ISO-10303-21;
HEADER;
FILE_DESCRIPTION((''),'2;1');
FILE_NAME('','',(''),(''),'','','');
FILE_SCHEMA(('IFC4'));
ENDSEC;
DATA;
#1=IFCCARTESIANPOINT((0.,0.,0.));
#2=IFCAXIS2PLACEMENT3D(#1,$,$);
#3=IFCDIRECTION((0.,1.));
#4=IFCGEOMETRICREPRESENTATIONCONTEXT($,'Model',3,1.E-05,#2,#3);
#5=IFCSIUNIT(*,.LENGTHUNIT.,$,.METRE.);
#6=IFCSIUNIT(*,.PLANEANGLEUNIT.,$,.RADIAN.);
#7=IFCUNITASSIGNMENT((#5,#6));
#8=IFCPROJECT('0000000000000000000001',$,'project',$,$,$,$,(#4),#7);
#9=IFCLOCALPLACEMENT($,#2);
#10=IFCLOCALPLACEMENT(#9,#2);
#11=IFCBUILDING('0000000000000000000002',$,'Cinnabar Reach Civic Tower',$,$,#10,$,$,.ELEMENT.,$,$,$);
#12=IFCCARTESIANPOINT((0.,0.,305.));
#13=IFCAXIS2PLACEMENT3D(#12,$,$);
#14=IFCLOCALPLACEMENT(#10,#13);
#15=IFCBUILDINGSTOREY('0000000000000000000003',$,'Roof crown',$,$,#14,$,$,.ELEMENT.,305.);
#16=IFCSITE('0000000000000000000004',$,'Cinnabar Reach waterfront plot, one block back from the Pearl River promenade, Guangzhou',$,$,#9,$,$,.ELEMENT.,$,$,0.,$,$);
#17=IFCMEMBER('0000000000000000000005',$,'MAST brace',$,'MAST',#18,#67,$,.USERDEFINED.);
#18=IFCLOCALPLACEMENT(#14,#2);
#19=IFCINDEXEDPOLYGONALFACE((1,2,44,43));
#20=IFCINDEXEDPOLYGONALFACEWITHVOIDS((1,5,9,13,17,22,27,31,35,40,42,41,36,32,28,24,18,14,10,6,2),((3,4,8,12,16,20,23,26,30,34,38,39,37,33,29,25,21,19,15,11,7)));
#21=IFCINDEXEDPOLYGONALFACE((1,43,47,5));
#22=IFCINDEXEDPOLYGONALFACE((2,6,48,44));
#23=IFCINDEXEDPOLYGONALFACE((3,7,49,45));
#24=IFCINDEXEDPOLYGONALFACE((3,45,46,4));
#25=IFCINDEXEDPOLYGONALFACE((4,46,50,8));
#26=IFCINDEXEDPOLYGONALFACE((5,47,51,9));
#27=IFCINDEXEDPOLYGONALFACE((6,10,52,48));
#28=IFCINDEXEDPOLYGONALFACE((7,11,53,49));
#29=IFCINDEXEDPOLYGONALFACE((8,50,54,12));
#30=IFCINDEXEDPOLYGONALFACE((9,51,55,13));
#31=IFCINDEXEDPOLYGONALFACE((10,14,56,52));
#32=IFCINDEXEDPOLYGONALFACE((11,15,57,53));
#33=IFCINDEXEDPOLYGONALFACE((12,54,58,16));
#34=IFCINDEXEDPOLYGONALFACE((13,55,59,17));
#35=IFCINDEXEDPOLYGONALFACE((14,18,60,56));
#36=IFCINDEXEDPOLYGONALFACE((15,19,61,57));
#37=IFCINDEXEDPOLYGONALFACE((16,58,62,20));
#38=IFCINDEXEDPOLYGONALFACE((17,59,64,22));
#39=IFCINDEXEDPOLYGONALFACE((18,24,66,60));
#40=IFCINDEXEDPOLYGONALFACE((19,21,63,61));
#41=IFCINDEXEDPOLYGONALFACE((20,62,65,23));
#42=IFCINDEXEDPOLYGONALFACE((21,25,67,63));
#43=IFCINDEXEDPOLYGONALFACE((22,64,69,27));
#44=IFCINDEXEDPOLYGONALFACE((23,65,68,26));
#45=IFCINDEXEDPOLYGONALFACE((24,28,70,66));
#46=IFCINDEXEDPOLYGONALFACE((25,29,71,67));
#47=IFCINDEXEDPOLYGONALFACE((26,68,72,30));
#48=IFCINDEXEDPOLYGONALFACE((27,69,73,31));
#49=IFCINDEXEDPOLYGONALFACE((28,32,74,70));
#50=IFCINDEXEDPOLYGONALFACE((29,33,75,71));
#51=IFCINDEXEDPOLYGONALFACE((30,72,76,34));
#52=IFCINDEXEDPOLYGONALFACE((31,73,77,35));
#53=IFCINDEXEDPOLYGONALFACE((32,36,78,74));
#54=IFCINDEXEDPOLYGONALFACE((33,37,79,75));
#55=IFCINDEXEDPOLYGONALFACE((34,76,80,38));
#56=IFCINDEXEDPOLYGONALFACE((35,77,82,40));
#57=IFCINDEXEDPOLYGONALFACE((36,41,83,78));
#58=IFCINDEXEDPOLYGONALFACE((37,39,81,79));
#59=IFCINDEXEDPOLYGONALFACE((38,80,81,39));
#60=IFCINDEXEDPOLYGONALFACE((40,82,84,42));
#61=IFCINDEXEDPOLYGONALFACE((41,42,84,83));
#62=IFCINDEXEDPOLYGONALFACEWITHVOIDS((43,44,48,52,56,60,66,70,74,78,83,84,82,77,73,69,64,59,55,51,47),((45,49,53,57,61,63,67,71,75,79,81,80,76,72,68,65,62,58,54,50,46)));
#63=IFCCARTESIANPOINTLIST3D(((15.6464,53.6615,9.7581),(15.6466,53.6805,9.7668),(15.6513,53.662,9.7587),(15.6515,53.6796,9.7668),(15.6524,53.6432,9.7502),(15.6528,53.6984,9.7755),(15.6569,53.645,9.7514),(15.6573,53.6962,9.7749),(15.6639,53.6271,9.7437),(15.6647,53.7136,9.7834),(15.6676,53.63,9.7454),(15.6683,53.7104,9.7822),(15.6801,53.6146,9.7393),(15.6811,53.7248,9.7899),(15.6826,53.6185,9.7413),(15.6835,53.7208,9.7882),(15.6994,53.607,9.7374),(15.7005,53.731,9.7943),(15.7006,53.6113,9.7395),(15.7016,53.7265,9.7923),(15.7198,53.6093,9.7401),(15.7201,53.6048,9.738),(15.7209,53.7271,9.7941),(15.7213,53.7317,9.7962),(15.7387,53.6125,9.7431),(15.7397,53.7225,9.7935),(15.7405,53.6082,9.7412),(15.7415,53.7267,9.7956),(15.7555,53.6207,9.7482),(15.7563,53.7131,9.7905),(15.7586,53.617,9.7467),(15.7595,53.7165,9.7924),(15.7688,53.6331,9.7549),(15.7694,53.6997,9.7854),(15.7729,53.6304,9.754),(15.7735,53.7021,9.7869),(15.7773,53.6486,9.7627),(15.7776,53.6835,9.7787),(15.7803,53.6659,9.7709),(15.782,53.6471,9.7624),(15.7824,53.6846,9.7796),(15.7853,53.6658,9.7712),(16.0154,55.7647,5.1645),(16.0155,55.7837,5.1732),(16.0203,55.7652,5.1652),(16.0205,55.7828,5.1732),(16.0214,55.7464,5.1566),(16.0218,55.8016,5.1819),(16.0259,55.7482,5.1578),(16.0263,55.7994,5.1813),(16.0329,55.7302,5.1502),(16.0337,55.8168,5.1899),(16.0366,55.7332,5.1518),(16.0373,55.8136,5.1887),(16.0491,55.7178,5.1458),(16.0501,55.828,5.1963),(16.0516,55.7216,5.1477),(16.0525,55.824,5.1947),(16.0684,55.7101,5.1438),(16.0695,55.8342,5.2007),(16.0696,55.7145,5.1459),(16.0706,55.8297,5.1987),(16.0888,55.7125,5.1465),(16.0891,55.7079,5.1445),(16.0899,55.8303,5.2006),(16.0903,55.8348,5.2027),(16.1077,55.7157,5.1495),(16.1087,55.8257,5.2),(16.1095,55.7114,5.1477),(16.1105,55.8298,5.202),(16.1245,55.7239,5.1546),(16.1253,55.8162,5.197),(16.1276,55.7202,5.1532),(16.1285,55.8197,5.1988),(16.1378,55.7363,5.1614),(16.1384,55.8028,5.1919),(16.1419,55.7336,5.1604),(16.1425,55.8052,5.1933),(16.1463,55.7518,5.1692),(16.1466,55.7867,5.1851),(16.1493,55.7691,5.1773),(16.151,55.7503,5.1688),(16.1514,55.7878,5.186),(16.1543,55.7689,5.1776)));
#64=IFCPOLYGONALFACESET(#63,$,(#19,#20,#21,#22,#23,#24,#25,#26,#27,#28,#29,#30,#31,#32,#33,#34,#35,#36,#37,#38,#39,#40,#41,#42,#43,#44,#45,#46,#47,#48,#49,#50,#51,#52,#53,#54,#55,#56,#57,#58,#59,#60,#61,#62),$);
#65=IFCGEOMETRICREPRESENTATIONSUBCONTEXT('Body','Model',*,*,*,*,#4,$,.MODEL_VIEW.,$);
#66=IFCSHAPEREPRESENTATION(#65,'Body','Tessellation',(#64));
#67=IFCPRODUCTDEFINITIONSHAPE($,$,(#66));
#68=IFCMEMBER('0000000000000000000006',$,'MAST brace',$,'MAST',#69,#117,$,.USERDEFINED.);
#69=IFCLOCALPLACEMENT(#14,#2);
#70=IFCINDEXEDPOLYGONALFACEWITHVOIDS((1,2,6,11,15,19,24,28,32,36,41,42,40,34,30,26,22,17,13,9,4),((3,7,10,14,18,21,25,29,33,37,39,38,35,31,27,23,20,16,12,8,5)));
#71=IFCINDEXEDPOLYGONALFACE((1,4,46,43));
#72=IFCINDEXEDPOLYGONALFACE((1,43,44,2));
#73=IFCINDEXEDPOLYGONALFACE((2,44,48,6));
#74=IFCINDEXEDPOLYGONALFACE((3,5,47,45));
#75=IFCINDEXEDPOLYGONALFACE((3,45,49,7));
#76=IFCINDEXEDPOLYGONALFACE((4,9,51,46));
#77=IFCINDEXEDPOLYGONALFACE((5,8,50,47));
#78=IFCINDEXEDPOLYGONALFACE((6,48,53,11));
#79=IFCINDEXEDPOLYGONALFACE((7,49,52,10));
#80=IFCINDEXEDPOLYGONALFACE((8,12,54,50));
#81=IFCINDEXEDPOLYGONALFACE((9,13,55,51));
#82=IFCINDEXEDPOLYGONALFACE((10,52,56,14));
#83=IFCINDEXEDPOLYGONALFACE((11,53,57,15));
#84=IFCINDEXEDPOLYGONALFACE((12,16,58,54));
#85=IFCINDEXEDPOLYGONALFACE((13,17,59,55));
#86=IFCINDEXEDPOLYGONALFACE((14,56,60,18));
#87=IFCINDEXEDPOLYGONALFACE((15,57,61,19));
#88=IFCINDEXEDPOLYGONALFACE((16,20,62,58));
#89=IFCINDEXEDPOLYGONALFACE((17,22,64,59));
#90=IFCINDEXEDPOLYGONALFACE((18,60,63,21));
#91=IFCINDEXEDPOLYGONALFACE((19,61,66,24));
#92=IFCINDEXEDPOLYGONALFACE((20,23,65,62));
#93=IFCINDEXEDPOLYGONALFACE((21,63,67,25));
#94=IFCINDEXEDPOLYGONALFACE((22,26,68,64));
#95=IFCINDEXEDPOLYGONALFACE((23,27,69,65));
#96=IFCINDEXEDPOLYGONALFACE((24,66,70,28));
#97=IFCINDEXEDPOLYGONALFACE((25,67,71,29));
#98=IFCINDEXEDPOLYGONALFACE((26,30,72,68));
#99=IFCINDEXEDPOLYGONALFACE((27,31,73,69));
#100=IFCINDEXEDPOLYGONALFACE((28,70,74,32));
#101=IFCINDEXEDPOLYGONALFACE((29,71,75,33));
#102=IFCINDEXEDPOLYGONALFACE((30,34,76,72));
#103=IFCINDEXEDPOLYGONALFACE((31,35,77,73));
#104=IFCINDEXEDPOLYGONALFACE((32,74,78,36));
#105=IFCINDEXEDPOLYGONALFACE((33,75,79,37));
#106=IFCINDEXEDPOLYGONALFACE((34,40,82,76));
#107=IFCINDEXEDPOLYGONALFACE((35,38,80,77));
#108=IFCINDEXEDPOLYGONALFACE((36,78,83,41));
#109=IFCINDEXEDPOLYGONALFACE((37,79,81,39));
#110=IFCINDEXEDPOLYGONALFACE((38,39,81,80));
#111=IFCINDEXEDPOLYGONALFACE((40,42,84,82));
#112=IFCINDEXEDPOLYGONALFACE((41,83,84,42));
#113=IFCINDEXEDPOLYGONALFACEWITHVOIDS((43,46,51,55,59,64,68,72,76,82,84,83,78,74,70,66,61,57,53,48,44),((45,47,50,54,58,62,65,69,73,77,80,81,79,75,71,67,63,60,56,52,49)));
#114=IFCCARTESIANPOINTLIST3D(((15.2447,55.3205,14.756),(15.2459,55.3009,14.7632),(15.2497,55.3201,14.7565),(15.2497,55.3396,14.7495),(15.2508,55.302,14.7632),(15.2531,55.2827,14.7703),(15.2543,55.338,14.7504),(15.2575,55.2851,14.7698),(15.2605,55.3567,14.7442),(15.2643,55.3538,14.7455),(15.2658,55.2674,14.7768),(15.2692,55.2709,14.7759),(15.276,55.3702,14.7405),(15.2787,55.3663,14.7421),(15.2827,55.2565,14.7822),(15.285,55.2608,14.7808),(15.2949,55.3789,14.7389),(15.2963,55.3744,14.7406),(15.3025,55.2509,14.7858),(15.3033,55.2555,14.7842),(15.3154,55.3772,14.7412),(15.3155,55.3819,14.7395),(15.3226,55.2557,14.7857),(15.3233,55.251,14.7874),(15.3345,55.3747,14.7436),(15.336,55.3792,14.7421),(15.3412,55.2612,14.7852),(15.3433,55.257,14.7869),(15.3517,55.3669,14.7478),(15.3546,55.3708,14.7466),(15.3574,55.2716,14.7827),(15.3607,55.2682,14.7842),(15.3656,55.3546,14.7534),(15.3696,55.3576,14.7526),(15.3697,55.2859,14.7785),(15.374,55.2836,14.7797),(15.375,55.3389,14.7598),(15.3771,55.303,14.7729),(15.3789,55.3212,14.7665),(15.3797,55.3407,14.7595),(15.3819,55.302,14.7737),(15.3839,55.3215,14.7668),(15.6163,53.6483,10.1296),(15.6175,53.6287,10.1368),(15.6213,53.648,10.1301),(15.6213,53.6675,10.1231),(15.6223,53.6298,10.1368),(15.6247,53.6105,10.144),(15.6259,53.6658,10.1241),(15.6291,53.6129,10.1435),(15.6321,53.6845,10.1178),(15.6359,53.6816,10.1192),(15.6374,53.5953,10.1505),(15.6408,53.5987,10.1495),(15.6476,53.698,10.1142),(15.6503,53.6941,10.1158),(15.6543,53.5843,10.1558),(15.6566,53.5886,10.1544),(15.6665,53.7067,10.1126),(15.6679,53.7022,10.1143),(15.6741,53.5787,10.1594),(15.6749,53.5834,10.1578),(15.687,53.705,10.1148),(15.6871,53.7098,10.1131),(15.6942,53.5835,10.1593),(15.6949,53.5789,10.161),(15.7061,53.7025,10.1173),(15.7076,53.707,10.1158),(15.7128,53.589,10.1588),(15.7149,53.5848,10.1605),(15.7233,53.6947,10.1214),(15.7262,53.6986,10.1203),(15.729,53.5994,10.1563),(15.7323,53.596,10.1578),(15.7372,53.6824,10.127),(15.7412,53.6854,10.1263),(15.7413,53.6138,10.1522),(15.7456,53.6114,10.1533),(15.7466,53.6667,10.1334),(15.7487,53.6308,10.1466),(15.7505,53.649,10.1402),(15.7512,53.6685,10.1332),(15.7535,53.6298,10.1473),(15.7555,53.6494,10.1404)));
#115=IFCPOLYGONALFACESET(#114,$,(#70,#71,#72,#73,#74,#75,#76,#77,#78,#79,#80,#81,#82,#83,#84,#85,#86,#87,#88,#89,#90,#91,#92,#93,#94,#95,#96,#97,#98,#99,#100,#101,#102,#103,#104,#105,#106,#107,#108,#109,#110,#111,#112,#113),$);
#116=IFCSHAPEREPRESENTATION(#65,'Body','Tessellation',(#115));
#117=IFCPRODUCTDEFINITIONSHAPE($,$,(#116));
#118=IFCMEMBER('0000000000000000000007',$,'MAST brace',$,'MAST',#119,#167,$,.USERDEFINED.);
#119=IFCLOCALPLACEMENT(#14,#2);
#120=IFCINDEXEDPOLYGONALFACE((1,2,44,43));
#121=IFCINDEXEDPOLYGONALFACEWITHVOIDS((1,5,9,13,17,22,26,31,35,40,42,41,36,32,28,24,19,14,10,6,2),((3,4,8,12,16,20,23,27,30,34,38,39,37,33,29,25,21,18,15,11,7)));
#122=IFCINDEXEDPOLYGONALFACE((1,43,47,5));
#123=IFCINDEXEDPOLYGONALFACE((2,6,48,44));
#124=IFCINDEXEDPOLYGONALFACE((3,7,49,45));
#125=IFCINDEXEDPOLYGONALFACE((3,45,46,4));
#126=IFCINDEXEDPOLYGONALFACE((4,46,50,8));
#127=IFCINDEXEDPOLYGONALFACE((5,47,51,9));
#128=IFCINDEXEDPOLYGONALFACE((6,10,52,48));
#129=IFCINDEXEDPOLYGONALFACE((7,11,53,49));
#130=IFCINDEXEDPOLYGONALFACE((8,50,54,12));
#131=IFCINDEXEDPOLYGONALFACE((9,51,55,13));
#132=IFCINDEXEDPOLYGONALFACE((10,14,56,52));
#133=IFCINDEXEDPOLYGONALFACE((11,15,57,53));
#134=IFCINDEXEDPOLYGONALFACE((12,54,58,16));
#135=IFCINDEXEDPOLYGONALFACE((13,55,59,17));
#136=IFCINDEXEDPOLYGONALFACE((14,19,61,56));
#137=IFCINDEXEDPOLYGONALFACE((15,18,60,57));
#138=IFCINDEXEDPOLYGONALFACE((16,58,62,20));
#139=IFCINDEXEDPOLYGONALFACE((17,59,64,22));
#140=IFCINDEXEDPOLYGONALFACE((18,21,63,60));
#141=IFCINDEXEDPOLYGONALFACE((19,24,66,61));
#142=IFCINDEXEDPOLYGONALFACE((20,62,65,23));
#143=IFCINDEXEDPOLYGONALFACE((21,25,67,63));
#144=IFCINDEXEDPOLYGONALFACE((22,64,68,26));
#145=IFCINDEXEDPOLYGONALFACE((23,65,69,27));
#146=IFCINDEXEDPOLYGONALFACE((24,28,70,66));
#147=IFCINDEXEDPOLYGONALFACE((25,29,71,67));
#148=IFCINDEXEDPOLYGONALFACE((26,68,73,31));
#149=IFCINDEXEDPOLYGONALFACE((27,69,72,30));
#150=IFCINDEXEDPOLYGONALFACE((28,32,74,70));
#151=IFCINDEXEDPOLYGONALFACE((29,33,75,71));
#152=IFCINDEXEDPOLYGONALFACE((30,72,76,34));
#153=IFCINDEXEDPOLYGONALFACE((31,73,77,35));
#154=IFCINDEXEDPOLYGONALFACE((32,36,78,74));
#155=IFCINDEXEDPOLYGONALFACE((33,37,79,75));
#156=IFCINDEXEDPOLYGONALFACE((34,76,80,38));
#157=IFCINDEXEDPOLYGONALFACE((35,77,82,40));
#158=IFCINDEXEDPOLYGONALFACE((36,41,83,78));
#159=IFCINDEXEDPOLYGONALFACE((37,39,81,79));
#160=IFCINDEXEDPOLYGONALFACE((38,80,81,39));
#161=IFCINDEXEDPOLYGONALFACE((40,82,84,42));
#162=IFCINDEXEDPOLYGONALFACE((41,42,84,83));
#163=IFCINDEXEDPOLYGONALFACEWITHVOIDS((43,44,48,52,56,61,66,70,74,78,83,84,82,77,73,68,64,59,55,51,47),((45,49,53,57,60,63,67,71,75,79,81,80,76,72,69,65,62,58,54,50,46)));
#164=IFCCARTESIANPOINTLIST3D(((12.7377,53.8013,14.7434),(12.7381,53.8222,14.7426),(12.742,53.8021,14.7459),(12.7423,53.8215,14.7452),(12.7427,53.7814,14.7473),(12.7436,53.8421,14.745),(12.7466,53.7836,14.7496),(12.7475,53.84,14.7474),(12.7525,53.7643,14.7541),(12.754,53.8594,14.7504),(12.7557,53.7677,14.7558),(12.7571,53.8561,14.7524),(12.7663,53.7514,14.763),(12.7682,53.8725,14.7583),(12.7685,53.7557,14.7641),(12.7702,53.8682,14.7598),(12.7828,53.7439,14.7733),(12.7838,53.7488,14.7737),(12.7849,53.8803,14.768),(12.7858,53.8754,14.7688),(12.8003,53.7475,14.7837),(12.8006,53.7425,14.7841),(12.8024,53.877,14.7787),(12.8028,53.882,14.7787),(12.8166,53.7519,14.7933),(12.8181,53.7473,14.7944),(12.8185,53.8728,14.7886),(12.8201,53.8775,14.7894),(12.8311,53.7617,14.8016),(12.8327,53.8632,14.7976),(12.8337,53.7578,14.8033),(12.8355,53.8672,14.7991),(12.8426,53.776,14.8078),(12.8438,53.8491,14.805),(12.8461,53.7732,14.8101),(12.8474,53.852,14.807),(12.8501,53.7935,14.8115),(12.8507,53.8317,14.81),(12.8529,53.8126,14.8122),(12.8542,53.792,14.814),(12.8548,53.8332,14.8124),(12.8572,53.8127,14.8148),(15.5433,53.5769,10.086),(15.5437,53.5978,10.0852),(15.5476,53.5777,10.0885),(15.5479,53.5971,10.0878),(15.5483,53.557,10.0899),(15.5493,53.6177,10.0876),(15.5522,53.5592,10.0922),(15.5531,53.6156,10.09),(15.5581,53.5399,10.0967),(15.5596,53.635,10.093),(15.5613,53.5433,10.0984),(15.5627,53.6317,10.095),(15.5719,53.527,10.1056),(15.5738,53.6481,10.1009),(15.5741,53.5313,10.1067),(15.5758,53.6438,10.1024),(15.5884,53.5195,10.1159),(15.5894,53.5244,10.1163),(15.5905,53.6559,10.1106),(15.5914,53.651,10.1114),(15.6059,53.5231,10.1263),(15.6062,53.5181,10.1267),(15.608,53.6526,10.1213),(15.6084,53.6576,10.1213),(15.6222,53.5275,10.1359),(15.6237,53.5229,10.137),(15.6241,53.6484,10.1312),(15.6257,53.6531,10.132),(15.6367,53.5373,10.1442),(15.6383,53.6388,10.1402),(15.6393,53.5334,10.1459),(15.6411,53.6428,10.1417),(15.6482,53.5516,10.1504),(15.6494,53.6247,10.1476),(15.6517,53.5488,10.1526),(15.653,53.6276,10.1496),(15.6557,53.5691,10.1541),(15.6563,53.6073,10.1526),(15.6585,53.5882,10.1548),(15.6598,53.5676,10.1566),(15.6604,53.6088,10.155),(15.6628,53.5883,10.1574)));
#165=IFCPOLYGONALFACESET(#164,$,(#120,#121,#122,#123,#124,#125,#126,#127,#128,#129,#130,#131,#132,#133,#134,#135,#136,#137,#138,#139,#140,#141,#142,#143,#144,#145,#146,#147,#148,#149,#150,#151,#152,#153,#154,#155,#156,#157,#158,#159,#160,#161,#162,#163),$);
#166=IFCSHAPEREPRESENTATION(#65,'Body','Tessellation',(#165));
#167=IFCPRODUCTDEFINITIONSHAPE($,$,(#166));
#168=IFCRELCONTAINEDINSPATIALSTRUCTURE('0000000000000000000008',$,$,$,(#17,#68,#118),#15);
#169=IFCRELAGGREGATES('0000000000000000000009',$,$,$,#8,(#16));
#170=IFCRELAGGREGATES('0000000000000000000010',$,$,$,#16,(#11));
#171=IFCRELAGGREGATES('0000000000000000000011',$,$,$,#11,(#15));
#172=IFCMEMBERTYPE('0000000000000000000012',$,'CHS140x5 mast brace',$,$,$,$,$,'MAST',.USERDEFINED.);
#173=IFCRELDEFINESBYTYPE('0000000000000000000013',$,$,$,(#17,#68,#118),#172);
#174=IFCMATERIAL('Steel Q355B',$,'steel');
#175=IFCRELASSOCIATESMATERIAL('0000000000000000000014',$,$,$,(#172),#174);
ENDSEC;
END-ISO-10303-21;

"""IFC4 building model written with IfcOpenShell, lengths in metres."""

from ifc_helpers import new_model, si_unit, direction, frame, origin, origin_2d, place, context, subcontext, project, spatial, hollow_circle, extrude, material, material_profile, profile_set, type_object, element, save


model = new_model("IFC4")

# Units and contexts
model_context = context("Model", 3, precision=1e-05, world=origin(), true_north=direction((0.0, 1.0)))
body_context = subcontext(model_context, "Body", "Model", "MODEL_VIEW")
ifc_project = project(units=[si_unit("LENGTHUNIT", "METRE"), si_unit("PLANEANGLEUNIT", "RADIAN")], contexts=[model_context])

# Site, building, storey
site_placement = place(None, origin())
site = spatial("IfcSite", under=ifc_project, at=site_placement, Name="Cinnabar Reach waterfront plot, one block back from the Pearl River promenade, Guangzhou", CompositionType="ELEMENT", RefElevation=0.0)
building_placement = place(site_placement, origin())
building = spatial("IfcBuilding", under=site, at=building_placement, Name="Cinnabar Reach Civic Tower", CompositionType="ELEMENT")
storey_placement = place(building_placement, frame((0.0, 0.0, 305.0)))
storey = spatial("IfcBuildingStorey", under=building, at=storey_placement, Name="Roof crown", CompositionType="ELEMENT", Elevation=305.0)

# Members
ifc_material_1 = material(Name="Steel Q355B", Category="steel")
ifc_material_profile_1 = material_profile(ifc_material_1, hollow_circle(Radius=0.07, WallThickness=0.005, at=origin_2d()), Name="CHS140x5")
ifc_profile_set_1 = profile_set([ifc_material_profile_1], Name="Steel Q355B")
member_type_1 = type_object("IfcMemberType", Name="CHS140x5 mast brace", ElementType="MAST", PredefinedType="USERDEFINED", material=ifc_profile_set_1)
member_1_placement = place(storey_placement, frame((15.7155, 53.6684, 9.7668), z_axis=(0.072844, 0.415189, -0.906814), x_axis=(-0.984956, 0.172807, 0.0)))
element("IfcMember", 1, at=member_1_placement, inside=storey, type_object=member_type_1, Name="MAST brace", ObjectType="MAST", PredefinedType="USERDEFINED", context=body_context, shape_type="SweptSolid", body=[
    extrude(hollow_circle(Radius=0.07, WallThickness=0.005, at=origin_2d()), origin(), (0.0, 0.0, 1.0), 5.0656),
])
member_2_placement = place(storey_placement, frame((15.6858, 53.6439, 10.1368), z_axis=(-0.075324, 0.338958, 0.937781), x_axis=(-0.976187, -0.21693, 0.0)))
element("IfcMember", 2, at=member_2_placement, inside=storey, type_object=member_type_1, Name="MAST brace", ObjectType="MAST", PredefinedType="USERDEFINED", context=body_context, shape_type="SweptSolid", body=[
    extrude(hollow_circle(Radius=0.07, WallThickness=0.005, at=origin_2d()), origin(), (0.0, 0.0, 1.0), 4.9333),
])
member_3_placement = place(storey_placement, frame((12.7972, 53.8122, 14.7787), z_axis=(0.515565, -0.041236, -0.855857), x_axis=(0.079728, 0.996817, 0.0)))
element("IfcMember", 3, at=member_3_placement, inside=storey, type_object=member_type_1, Name="MAST brace", ObjectType="MAST", PredefinedType="USERDEFINED", context=body_context, shape_type="SweptSolid", body=[
    extrude(hollow_circle(Radius=0.07, WallThickness=0.005, at=origin_2d()), origin(), (0.0, 0.0, 1.0), 5.4418),
])

save(model, "model.ifc")
